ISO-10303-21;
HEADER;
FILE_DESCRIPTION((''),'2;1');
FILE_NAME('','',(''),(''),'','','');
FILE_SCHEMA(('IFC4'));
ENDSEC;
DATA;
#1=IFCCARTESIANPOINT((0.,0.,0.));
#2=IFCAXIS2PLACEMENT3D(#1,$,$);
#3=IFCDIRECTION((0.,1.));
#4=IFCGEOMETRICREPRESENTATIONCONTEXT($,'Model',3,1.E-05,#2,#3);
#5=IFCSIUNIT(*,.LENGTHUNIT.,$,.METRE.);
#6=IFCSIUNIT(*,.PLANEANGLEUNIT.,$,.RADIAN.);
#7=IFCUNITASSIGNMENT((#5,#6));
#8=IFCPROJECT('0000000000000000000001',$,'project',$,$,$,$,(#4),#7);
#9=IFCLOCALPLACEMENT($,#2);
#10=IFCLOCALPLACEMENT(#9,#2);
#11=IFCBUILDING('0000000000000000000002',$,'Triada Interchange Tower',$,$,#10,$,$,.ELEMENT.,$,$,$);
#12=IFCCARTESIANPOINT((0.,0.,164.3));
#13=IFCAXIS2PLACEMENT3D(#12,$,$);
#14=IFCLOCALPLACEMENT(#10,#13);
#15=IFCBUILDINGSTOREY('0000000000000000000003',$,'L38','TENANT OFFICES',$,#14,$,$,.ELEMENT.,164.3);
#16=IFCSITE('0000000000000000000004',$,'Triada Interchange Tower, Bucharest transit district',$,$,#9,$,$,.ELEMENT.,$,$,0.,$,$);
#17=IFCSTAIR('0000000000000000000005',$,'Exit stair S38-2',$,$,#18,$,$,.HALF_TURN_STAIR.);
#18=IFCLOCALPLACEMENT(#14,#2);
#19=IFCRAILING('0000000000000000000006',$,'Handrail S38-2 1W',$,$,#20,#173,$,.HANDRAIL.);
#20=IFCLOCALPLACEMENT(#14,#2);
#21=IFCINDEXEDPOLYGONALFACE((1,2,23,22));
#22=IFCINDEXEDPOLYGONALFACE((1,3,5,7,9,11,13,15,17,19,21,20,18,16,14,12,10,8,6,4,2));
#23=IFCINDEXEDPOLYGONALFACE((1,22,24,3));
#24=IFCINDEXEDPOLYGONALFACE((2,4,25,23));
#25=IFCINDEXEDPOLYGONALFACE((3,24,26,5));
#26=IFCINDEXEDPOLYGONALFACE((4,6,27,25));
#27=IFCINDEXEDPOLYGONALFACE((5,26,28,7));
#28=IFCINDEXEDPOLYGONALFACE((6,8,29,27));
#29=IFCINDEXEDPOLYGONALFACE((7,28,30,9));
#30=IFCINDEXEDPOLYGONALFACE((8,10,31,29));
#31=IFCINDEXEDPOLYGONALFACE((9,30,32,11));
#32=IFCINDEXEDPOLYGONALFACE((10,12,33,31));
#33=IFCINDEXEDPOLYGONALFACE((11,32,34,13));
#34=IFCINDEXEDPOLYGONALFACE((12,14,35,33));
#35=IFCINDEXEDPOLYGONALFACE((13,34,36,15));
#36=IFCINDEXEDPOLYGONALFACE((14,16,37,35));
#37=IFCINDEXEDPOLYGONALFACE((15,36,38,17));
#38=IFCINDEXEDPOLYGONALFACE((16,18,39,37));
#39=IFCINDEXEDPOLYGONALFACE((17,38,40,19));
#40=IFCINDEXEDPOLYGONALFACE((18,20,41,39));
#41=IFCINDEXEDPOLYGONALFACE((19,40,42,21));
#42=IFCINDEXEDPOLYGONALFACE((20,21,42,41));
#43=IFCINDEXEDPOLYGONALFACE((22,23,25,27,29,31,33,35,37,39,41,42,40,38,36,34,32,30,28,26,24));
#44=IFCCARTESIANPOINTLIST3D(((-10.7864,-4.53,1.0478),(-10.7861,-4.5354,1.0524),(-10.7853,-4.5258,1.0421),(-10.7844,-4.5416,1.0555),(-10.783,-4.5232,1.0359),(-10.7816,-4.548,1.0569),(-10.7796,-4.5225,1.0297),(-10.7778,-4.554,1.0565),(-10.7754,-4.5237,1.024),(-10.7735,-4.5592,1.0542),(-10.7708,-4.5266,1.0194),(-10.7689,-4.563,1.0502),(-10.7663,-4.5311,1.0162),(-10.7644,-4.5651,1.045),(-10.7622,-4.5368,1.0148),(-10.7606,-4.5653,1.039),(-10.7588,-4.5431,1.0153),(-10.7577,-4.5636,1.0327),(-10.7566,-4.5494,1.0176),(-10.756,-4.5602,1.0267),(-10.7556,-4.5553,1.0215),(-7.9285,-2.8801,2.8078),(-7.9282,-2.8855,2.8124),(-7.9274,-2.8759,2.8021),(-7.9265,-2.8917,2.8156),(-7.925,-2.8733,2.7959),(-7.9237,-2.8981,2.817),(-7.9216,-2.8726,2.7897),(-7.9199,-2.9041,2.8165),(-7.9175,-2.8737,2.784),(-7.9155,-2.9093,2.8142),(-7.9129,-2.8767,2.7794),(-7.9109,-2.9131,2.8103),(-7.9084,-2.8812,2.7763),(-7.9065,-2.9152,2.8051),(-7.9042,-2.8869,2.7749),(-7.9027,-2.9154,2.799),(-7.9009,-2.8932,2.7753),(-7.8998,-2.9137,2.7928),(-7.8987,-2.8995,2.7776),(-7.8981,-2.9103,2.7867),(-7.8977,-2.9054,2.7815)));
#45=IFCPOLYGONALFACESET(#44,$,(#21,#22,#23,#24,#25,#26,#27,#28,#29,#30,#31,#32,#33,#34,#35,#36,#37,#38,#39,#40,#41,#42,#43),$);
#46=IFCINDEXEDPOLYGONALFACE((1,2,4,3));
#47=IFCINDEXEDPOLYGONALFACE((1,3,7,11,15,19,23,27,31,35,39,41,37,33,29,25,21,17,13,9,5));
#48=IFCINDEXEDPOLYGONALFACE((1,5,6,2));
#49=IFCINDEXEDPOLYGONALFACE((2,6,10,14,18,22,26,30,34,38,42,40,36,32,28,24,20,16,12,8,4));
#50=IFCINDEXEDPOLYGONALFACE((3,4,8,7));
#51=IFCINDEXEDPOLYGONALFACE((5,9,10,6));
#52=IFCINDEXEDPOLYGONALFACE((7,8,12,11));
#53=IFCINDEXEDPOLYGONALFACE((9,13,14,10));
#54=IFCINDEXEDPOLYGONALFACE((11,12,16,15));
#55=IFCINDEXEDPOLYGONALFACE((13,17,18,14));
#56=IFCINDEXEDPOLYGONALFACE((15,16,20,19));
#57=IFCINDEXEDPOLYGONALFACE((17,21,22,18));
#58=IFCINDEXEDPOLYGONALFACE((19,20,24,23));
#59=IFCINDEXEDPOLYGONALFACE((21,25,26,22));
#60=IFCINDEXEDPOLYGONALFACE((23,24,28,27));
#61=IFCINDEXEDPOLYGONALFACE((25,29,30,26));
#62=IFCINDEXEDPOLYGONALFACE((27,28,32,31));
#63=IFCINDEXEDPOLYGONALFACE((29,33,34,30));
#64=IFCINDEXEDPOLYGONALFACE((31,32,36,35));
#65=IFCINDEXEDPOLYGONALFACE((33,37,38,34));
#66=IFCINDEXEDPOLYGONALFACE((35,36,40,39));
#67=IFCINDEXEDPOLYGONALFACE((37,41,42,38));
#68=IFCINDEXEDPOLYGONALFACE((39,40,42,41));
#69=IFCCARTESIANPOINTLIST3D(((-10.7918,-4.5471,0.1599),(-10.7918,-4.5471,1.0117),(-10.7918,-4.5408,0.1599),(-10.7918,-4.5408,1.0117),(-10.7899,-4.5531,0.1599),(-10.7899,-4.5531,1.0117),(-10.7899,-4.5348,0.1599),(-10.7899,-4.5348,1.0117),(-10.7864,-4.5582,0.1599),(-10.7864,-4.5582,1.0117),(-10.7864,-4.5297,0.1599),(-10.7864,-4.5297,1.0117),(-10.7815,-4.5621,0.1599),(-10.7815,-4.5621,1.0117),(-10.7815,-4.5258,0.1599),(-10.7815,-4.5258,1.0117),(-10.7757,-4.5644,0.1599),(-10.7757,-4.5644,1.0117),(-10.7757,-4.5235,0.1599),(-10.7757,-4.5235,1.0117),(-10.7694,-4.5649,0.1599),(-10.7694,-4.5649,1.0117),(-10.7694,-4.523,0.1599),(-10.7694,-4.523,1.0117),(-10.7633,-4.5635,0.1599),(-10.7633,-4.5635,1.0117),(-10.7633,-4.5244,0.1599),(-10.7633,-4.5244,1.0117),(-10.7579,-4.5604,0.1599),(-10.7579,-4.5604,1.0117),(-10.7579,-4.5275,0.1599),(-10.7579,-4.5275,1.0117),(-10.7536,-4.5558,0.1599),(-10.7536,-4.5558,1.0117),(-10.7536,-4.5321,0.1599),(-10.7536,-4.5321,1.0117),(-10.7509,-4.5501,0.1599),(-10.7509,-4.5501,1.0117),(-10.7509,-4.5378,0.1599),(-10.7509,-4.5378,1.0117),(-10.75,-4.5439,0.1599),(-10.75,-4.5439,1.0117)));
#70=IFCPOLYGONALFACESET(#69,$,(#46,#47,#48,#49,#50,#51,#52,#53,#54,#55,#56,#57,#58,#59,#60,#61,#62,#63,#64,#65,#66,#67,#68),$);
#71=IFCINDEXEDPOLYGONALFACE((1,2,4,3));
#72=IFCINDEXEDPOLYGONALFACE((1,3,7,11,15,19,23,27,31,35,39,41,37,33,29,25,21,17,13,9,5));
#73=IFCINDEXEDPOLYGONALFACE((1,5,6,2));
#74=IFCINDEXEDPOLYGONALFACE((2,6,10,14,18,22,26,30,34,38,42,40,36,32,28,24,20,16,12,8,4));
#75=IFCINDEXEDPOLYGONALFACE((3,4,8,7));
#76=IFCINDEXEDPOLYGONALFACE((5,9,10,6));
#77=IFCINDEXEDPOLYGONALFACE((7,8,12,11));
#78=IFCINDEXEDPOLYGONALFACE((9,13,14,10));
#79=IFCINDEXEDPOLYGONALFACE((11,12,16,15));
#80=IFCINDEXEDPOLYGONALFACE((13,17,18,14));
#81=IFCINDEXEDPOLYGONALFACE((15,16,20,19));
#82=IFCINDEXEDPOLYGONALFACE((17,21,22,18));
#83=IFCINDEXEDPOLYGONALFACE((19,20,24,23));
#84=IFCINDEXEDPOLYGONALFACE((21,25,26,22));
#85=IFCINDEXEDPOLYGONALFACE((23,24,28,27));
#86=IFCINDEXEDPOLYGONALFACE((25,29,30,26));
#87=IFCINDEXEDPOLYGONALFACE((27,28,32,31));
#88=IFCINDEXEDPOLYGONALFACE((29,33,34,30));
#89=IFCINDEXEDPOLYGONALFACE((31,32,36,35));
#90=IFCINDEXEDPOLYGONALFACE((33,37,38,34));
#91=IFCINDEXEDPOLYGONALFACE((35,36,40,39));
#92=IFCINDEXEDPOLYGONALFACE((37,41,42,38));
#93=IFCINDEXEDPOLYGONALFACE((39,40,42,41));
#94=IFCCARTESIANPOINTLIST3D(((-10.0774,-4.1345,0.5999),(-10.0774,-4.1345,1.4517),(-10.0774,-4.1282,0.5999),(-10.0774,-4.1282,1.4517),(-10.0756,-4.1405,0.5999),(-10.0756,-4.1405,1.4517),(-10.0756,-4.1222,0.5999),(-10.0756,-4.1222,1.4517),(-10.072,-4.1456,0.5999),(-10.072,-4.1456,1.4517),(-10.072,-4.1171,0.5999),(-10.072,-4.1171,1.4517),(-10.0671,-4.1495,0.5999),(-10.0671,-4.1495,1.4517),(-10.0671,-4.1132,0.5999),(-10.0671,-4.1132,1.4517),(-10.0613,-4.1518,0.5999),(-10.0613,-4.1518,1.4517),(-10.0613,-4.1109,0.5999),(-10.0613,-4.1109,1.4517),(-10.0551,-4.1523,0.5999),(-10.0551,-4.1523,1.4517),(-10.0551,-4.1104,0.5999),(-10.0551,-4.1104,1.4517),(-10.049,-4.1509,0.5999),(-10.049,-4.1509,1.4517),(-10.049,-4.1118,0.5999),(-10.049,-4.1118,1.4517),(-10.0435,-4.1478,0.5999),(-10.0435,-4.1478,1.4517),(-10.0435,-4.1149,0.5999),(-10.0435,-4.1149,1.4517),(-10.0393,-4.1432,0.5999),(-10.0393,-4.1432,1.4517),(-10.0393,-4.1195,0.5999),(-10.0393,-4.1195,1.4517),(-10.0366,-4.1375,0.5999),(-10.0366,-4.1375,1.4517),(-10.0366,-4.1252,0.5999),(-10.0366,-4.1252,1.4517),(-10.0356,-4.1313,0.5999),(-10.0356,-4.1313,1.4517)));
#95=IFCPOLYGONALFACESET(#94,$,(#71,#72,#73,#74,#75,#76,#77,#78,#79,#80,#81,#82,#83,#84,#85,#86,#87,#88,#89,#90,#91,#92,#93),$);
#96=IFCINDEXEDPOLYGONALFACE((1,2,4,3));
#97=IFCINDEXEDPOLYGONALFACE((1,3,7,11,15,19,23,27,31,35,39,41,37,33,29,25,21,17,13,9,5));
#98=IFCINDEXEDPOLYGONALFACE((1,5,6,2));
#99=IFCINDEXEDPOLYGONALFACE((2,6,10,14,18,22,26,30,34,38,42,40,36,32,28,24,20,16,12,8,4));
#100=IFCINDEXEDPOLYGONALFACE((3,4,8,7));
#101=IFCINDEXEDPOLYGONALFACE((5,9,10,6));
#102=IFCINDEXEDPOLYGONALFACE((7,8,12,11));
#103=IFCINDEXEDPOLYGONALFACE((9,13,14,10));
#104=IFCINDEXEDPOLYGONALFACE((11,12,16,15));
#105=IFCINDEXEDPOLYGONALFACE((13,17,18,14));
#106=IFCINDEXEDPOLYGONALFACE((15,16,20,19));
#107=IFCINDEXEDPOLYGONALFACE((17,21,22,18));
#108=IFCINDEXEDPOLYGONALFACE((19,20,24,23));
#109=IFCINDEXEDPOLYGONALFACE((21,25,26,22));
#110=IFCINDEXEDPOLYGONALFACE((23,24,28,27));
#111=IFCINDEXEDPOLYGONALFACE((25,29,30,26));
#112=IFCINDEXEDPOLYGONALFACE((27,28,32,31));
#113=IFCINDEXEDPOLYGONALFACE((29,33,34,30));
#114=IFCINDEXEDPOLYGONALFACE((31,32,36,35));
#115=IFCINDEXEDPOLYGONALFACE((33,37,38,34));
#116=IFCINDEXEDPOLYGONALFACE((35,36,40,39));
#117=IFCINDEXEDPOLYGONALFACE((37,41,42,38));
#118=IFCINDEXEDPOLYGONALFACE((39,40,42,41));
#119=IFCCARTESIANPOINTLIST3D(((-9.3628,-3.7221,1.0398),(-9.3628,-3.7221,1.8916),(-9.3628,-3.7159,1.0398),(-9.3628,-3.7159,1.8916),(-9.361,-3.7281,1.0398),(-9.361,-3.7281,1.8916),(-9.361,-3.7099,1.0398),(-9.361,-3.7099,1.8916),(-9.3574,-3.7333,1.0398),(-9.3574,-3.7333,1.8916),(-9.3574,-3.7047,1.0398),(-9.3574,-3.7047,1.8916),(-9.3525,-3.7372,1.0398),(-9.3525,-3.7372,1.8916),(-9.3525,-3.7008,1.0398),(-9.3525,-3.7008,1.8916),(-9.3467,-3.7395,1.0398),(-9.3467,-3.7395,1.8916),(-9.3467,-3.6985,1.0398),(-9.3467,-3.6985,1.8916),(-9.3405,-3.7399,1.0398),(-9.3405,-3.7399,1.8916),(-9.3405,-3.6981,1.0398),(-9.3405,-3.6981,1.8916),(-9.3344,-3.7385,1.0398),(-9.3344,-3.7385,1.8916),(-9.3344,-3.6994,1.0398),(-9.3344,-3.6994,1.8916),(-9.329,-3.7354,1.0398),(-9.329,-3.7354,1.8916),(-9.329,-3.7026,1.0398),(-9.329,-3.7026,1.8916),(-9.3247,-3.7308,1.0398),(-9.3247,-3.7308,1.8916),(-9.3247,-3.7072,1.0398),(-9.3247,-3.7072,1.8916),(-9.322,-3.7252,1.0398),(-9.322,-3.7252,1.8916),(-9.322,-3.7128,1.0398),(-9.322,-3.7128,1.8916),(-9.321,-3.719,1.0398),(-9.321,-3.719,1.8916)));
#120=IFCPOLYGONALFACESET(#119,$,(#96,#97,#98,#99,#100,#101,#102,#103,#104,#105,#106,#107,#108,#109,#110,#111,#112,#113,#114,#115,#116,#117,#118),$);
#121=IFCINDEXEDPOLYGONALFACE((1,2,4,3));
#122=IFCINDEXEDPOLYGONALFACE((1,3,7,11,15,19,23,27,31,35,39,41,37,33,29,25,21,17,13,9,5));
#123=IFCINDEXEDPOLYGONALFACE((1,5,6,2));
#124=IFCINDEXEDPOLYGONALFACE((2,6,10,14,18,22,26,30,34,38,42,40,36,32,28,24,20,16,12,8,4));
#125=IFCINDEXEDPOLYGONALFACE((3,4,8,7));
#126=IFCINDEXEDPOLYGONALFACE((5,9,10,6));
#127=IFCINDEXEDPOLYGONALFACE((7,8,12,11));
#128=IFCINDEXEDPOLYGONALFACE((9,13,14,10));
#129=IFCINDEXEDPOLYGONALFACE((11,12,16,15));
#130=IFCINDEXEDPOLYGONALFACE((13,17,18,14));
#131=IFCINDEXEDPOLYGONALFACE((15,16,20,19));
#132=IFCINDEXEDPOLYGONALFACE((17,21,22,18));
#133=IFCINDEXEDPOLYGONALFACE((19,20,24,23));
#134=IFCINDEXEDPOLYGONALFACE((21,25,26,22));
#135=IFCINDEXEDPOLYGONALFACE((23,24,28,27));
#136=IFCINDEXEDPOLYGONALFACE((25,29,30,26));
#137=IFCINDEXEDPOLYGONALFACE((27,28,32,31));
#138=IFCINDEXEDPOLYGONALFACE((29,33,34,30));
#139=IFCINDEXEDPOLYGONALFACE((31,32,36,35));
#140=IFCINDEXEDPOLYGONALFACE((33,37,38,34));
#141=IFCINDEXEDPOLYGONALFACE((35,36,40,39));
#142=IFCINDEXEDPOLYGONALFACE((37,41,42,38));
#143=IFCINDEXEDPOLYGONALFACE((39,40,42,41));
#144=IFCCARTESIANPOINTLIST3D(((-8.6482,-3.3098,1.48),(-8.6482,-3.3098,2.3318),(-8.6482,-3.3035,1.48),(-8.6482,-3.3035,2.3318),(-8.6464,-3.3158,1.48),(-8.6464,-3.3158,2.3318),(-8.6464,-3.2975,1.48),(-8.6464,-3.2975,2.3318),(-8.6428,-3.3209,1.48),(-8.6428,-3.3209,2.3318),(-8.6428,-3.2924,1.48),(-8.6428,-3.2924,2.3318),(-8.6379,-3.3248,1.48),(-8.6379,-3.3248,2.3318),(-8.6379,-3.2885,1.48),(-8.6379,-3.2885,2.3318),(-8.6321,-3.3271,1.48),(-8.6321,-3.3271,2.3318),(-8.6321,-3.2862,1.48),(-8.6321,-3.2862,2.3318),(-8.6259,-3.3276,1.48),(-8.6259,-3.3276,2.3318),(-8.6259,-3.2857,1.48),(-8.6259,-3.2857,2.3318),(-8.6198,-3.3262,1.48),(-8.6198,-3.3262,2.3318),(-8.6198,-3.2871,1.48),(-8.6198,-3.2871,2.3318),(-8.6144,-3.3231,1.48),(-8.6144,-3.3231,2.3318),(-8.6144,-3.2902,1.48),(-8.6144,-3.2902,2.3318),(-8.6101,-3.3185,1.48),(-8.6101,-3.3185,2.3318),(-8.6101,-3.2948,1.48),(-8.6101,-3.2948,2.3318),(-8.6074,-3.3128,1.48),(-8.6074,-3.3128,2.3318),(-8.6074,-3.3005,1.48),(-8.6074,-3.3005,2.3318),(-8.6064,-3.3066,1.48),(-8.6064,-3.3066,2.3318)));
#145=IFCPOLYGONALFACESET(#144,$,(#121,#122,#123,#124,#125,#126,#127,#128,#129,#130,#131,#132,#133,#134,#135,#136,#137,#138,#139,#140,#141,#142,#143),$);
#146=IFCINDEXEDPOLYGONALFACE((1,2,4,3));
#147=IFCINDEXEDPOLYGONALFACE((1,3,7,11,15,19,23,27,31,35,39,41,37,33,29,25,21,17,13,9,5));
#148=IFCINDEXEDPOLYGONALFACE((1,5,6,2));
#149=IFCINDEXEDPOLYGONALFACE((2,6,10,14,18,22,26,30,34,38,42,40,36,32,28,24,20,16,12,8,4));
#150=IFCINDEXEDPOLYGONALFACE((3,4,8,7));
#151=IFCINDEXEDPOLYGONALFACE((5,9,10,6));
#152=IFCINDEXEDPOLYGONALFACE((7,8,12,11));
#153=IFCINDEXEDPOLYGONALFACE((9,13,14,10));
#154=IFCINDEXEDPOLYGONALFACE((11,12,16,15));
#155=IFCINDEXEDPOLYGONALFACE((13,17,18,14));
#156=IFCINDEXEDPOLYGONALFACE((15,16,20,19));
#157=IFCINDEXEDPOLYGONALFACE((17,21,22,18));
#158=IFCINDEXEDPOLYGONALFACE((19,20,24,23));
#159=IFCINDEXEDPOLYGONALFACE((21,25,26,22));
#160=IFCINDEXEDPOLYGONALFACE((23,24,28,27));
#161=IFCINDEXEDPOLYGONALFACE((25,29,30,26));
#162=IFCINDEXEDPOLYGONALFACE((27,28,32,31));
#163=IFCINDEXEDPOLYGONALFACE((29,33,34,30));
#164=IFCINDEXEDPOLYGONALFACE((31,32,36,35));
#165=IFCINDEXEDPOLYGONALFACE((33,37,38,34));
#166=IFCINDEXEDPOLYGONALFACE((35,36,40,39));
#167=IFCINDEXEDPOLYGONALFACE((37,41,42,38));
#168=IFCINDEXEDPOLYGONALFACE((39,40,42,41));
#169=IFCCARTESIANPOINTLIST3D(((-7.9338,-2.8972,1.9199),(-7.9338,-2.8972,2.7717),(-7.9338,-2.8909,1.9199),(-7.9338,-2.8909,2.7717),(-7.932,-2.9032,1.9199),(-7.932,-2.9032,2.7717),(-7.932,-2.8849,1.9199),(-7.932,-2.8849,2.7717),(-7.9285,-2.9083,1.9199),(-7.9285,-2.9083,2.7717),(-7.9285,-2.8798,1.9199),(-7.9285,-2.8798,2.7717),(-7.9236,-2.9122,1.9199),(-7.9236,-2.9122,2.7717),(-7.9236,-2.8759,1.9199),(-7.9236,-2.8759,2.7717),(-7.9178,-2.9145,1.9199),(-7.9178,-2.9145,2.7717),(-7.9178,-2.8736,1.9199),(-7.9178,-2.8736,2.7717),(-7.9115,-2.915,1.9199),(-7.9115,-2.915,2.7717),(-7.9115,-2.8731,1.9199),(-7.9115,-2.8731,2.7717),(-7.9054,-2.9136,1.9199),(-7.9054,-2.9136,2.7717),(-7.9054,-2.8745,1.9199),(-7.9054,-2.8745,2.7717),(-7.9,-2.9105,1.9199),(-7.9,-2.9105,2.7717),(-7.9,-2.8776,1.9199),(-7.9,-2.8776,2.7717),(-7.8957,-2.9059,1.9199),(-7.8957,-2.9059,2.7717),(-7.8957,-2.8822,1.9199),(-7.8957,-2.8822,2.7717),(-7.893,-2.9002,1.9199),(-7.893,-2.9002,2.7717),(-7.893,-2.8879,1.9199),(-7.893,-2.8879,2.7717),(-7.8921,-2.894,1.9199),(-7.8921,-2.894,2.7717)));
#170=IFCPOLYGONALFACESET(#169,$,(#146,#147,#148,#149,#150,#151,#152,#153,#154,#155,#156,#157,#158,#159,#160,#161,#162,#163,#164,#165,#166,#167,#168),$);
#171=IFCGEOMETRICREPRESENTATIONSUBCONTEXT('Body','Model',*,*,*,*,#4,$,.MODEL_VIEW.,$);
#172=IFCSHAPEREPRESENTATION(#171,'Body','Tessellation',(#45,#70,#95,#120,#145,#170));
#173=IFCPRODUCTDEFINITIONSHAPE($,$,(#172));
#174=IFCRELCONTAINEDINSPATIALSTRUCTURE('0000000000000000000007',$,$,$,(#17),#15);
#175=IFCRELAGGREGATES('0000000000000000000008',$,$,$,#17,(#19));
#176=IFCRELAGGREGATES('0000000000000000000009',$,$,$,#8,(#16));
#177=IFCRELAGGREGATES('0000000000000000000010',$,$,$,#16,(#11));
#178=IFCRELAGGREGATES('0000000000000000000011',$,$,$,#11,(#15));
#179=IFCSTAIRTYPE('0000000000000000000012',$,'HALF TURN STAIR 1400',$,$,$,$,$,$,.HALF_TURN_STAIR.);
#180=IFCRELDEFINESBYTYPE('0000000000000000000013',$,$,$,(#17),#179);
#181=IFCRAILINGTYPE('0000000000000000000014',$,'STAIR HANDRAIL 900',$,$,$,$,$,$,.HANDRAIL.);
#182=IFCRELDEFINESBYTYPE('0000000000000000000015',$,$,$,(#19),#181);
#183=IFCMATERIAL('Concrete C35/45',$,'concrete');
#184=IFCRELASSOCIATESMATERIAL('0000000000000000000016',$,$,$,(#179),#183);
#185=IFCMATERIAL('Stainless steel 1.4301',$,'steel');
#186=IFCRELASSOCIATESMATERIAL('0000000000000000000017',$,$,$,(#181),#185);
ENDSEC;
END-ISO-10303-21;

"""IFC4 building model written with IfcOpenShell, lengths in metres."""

from ifc_helpers import new_model, si_unit, direction, frame, origin, origin_2d, place, context, subcontext, project, spatial, circle, extrude, material, type_object, element, aggregate, save


model = new_model("IFC4")

# Units and contexts
model_context = context("Model", 3, precision=1e-05, world=origin(), true_north=direction((0.0, 1.0)))
body_context = subcontext(model_context, "Body", "Model", "MODEL_VIEW")
ifc_project = project(units=[si_unit("LENGTHUNIT", "METRE"), si_unit("PLANEANGLEUNIT", "RADIAN")], contexts=[model_context])

# Site, building, storey
site_placement = place(None, origin())
site = spatial("IfcSite", under=ifc_project, at=site_placement, Name="Triada Interchange Tower, Bucharest transit district", CompositionType="ELEMENT", RefElevation=0.0)
building_placement = place(site_placement, origin())
building = spatial("IfcBuilding", under=site, at=building_placement, Name="Triada Interchange Tower", CompositionType="ELEMENT")
storey_placement = place(building_placement, frame((0.0, 0.0, 164.3)))
storey = spatial("IfcBuildingStorey", under=building, at=storey_placement, Name="L38", Description="TENANT OFFICES", CompositionType="ELEMENT", Elevation=164.3)

# Stair, railing
ifc_material_1 = material(Name="Concrete C35/45", Category="concrete")
stair_type = type_object("IfcStairType", Name="HALF TURN STAIR 1400", PredefinedType="HALF_TURN_STAIR", material=ifc_material_1)
stair_placement = place(storey_placement, origin())
stair = element("IfcStair", 1, at=stair_placement, inside=storey, type_object=stair_type, Name="Exit stair S38-2", PredefinedType="HALF_TURN_STAIR")
ifc_material_2 = material(Name="Stainless steel 1.4301", Category="steel")
railing_type = type_object("IfcRailingType", Name="STAIR HANDRAIL 900", PredefinedType="HANDRAIL", material=ifc_material_2)
railing_1_placement = place(storey_placement, frame((-10.771, -4.5439, 0.1599)))
railing_1 = element("IfcRailing", 2, at=railing_1_placement, type_object=railing_type, Name="Handrail S38-2 1W", PredefinedType="HANDRAIL", context=body_context, shape_type="SweptSolid", body=[
    extrude(circle(Radius=0.0239, at=origin_2d()), frame((0.0, 0.0, 0.876), z_axis=(0.764151, 0.441153, 0.470593), x_axis=(-0.499974, 0.86604, 0.0)), (0.0, 0.0, 1.0), 3.74),
    extrude(circle(Radius=0.021, at=origin_2d()), origin(), (0.0, 0.0, 1.0), 0.8518),
    extrude(circle(Radius=0.021, at=origin_2d()), frame((0.7144, 0.4126, 0.4399)), (0.0, 0.0, 1.0), 0.8518),
    extrude(circle(Radius=0.021, at=origin_2d()), frame((1.429, 0.825, 0.8799)), (0.0, 0.0, 1.0), 0.8518),
    extrude(circle(Radius=0.021, at=origin_2d()), frame((2.1436, 1.2373, 1.3201)), (0.0, 0.0, 1.0), 0.8518),
    extrude(circle(Radius=0.021, at=origin_2d()), frame((2.8579, 1.6499, 1.76)), (0.0, 0.0, 1.0), 0.8518),
])
aggregate(stair, [railing_1])

save(model, "model.ifc")
